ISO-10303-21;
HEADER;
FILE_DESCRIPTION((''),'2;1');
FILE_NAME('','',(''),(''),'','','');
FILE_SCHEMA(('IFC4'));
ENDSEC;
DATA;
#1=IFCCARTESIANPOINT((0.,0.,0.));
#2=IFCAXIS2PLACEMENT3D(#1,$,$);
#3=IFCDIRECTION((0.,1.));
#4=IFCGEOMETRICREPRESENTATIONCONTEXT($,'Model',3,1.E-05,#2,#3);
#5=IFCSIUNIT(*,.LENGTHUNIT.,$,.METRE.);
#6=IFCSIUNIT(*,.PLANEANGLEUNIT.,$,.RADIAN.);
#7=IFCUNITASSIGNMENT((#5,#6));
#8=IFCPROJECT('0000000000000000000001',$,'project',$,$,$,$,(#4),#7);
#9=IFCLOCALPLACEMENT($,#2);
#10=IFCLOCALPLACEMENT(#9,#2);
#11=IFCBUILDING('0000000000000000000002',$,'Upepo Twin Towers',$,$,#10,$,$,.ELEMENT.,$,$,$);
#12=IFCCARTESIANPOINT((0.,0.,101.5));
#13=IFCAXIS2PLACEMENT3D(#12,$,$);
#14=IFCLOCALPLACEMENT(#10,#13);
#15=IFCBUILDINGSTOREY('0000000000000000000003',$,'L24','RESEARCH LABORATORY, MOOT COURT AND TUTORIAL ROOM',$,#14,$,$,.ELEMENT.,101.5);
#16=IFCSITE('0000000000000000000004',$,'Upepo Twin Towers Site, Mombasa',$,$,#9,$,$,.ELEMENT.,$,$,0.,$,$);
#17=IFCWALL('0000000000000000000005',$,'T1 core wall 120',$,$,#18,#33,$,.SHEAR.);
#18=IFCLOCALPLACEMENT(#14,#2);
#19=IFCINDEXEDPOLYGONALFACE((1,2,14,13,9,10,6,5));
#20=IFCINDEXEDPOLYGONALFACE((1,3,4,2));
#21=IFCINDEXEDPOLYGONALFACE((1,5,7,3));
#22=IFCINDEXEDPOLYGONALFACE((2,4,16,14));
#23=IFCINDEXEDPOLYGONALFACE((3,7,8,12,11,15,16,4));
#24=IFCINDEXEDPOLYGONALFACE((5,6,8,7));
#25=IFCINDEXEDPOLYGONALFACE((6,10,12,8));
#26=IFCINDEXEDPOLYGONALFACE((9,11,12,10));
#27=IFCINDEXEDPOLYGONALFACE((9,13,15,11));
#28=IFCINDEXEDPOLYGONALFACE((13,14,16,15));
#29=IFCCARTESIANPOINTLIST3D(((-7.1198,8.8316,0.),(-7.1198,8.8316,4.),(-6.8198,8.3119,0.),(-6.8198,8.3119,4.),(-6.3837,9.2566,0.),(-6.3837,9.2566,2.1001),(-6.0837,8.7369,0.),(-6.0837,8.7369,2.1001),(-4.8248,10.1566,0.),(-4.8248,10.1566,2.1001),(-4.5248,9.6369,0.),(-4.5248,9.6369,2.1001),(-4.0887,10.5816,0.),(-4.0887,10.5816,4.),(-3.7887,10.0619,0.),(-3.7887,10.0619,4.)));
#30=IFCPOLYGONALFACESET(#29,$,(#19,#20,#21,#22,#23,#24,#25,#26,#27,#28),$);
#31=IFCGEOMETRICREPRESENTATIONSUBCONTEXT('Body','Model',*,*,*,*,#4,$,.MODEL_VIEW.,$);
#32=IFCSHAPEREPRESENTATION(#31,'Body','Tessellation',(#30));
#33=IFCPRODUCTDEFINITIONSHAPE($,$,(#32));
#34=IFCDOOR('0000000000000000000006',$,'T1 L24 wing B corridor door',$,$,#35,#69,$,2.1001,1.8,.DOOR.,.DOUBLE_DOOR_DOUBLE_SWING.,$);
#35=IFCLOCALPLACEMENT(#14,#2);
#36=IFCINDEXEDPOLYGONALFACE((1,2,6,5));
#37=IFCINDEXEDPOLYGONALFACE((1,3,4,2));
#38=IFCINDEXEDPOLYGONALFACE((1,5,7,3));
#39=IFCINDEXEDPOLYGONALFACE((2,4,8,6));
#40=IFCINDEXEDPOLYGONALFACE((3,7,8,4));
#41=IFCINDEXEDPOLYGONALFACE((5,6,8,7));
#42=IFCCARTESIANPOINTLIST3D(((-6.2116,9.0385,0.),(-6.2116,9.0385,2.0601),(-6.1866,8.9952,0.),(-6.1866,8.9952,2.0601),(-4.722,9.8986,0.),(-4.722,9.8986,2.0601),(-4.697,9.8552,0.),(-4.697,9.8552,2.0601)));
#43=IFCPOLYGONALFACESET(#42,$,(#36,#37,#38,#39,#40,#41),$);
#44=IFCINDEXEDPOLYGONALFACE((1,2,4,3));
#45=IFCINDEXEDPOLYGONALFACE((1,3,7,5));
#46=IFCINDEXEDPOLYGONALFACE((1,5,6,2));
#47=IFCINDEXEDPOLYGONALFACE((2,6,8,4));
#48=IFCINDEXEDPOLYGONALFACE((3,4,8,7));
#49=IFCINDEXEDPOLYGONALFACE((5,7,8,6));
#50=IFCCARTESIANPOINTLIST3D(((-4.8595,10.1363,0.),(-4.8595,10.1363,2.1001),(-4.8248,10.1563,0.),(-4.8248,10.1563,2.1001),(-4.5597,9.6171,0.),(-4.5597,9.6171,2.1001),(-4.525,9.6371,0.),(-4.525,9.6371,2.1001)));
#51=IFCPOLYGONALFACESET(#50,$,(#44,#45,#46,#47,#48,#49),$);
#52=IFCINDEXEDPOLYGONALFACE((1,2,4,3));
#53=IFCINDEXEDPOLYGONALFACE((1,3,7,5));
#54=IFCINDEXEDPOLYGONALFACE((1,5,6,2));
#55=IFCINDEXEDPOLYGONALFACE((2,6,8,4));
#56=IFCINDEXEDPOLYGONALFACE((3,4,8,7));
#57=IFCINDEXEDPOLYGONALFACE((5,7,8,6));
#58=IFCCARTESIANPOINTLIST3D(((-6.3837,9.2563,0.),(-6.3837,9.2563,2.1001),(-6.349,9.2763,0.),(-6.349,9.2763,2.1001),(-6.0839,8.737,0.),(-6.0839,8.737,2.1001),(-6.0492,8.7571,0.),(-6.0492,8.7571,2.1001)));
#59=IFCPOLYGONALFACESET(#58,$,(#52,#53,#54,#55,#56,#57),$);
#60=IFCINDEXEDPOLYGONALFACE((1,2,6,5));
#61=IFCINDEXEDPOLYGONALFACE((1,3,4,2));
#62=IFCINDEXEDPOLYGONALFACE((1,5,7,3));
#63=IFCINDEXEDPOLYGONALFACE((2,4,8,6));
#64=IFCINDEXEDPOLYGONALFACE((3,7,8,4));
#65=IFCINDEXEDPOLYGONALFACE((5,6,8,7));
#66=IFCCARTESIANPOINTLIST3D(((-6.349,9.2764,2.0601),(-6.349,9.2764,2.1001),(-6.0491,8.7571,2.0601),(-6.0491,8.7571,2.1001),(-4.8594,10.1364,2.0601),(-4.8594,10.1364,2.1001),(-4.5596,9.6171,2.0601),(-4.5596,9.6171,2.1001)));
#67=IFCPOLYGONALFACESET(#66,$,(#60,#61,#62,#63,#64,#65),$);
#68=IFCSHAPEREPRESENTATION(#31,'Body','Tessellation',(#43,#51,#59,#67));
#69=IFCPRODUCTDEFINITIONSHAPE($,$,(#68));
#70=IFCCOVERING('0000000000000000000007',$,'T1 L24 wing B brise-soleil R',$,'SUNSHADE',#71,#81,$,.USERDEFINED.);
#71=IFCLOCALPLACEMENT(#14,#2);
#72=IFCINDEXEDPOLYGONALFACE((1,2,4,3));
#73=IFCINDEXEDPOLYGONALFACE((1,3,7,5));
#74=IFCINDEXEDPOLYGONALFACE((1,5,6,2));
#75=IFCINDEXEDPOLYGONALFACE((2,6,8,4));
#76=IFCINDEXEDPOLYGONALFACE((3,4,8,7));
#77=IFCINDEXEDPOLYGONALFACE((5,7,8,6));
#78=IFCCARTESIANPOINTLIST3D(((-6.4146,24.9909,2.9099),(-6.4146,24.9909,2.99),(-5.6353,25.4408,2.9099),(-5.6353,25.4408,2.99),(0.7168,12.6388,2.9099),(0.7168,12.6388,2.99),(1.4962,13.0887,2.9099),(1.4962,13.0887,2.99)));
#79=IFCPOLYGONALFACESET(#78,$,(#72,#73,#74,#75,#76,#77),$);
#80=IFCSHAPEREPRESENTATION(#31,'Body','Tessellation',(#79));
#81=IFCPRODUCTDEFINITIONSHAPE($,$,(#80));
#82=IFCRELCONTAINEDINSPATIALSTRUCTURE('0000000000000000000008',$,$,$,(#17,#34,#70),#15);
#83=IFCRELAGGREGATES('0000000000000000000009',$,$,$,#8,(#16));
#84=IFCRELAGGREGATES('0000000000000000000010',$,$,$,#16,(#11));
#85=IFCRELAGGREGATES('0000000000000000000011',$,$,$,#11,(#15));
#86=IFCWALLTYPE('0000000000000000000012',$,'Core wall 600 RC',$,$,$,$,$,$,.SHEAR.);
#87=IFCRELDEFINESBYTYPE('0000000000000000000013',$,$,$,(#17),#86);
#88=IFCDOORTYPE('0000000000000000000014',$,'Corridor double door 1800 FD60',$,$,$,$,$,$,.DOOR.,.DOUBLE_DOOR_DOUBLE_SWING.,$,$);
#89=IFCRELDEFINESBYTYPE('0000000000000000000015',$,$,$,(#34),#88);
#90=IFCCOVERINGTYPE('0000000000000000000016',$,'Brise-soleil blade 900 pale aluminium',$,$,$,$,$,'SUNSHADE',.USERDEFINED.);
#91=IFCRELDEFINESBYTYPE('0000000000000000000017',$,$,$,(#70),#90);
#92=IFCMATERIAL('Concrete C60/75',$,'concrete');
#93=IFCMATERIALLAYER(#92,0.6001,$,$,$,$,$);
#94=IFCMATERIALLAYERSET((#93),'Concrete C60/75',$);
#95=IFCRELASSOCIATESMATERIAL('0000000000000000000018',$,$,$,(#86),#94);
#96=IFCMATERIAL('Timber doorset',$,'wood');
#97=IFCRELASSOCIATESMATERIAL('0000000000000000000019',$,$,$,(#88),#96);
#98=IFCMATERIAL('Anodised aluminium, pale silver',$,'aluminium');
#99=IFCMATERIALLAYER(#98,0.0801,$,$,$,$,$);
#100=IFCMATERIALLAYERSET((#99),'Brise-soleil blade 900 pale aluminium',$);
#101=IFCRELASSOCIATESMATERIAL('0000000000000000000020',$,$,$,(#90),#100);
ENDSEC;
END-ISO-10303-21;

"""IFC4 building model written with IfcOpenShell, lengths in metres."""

from ifc_helpers import new_model, si_unit, direction, frame, frame_2d, origin, origin_2d, place, context, subcontext, project, spatial, rectangle, extrude, material, layer, layer_set, type_object, element, fill, save


model = new_model("IFC4")

# Units and contexts
model_context = context("Model", 3, precision=1e-05, world=origin(), true_north=direction((0.0, 1.0)))
body_context = subcontext(model_context, "Body", "Model", "MODEL_VIEW")
ifc_project = project(units=[si_unit("LENGTHUNIT", "METRE"), si_unit("PLANEANGLEUNIT", "RADIAN")], contexts=[model_context])

# Site, building, storey
site_placement = place(None, origin())
site = spatial("IfcSite", under=ifc_project, at=site_placement, Name="Upepo Twin Towers Site, Mombasa", CompositionType="ELEMENT", RefElevation=0.0)
building_placement = place(site_placement, origin())
building = spatial("IfcBuilding", under=site, at=building_placement, Name="Upepo Twin Towers", CompositionType="ELEMENT")
storey_placement = place(building_placement, frame((0.0, 0.0, 101.5)))
storey = spatial("IfcBuildingStorey", under=building, at=storey_placement, Name="L24", Description="RESEARCH LABORATORY, MOOT COURT AND TUTORIAL ROOM", CompositionType="ELEMENT", Elevation=101.5)

# Shared definitions
ifc_material_1 = material(Name="Concrete C60/75", Category="concrete")
ifc_layer_1 = layer(ifc_material_1, 0.6001)
ifc_layer_set_1 = layer_set([ifc_layer_1], Name="Concrete C60/75")
wall_type_1 = type_object("IfcWallType", Name="Core wall 600 RC", PredefinedType="SHEAR", material=ifc_layer_set_1)

# Wall, opening, door
wall_1_placement = place(storey_placement, frame((-3.9387, 10.3218, 0.0), z_axis=(0.0, 0.0, 1.0), x_axis=(-0.866019, -0.50001, 0.0)))
wall_1 = element("IfcWall", 1, at=wall_1_placement, inside=storey, type_object=wall_type_1, Name="T1 core wall 120", PredefinedType="SHEAR", context=body_context, shape_type="SweptSolid", body=[
    extrude(rectangle(XDim=3.5, YDim=0.6001, at=frame_2d((1.75, 0.0))), origin(), (0.0, 0.0, 1.0), 4.0),
])
opening_placement = place(wall_1_placement, frame((0.8501, 0.0, 0.0)))
opening = element("IfcOpeningElement", 2, at=opening_placement, cuts=wall_1, PredefinedType="OPENING", context=body_context, shape_type="SweptSolid", body=[
    extrude(rectangle(XDim=1.8, YDim=2.1001, at=frame_2d((0.8999, 1.05))), frame((0.0, 0.3101, 0.0), z_axis=(0.0, -1.0, 0.0), x_axis=(1.0, 0.0, 0.0)), (0.0, 0.0, 1.0), 0.6201),
])
ifc_material_2 = material(Name="Timber doorset", Category="wood")
door_type = type_object("IfcDoorType", Name="Corridor double door 1800 FD60", OperationType="DOUBLE_DOOR_DOUBLE_SWING", PredefinedType="DOOR", material=ifc_material_2)
door_placement = place(opening_placement, origin())
door = element("IfcDoor", 3, at=door_placement, inside=storey, type_object=door_type, Name="T1 L24 wing B corridor door", OperationType="DOUBLE_DOOR_DOUBLE_SWING", OverallHeight=2.1001, OverallWidth=1.8, PredefinedType="DOOR", context=body_context, shape_type="SweptSolid", body=[
    extrude(rectangle(XDim=1.72, YDim=2.0601, at=frame_2d((0.8999, 1.03))), frame((0.0, 0.0249, 0.0), z_axis=(0.0, -1.0, 0.0), x_axis=(1.0, 0.0, 0.0)), (0.0, 0.0, 1.0), 0.05),
    extrude(rectangle(XDim=0.04, YDim=2.1001, at=frame_2d((0.02, 1.05))), frame((0.0, 0.2998, 0.0), z_axis=(0.0, -1.0, 0.0), x_axis=(1.0, 0.0, 0.0)), (0.0, 0.0, 1.0), 0.5996),
    extrude(rectangle(XDim=0.04, YDim=2.1001, at=frame_2d((1.78, 1.05))), frame((0.0, 0.2998, 0.0), z_axis=(0.0, -1.0, 0.0), x_axis=(1.0, 0.0, 0.0)), (0.0, 0.0, 1.0), 0.5996),
    extrude(rectangle(XDim=1.72, YDim=0.04, at=frame_2d((0.8999, 2.0801))), frame((0.0, 0.2998, 0.0), z_axis=(0.0, -1.0, 0.0), x_axis=(1.0, 0.0, 0.0)), (0.0, 0.0, 1.0), 0.5996),
])
fill(opening, door)

# Covering
ifc_material_3 = material(Name="Anodised aluminium, pale silver", Category="aluminium")
ifc_layer_2 = layer(ifc_material_3, 0.0801)
ifc_layer_set_2 = layer_set([ifc_layer_2], Name="Brise-soleil blade 900 pale aluminium")
covering_type = type_object("IfcCoveringType", Name="Brise-soleil blade 900 pale aluminium", ElementType="SUNSHADE", PredefinedType="USERDEFINED", material=ifc_layer_set_2)
covering_placement = place(storey_placement, frame((-2.4592, 19.0398, 2.9099), z_axis=(0.0, 0.0, 1.0), x_axis=(-0.5, 0.866025, 0.0)))
element("IfcCovering", 4, at=covering_placement, inside=storey, type_object=covering_type, Name="T1 L24 wing B brise-soleil R", ObjectType="SUNSHADE", PredefinedType="USERDEFINED", context=body_context, shape_type="SweptSolid", body=[
    extrude(rectangle(XDim=14.2629, YDim=0.8999, at=origin_2d()), origin(), (0.0, 0.0, 1.0), 0.0801),
])

save(model, "model.ifc")
